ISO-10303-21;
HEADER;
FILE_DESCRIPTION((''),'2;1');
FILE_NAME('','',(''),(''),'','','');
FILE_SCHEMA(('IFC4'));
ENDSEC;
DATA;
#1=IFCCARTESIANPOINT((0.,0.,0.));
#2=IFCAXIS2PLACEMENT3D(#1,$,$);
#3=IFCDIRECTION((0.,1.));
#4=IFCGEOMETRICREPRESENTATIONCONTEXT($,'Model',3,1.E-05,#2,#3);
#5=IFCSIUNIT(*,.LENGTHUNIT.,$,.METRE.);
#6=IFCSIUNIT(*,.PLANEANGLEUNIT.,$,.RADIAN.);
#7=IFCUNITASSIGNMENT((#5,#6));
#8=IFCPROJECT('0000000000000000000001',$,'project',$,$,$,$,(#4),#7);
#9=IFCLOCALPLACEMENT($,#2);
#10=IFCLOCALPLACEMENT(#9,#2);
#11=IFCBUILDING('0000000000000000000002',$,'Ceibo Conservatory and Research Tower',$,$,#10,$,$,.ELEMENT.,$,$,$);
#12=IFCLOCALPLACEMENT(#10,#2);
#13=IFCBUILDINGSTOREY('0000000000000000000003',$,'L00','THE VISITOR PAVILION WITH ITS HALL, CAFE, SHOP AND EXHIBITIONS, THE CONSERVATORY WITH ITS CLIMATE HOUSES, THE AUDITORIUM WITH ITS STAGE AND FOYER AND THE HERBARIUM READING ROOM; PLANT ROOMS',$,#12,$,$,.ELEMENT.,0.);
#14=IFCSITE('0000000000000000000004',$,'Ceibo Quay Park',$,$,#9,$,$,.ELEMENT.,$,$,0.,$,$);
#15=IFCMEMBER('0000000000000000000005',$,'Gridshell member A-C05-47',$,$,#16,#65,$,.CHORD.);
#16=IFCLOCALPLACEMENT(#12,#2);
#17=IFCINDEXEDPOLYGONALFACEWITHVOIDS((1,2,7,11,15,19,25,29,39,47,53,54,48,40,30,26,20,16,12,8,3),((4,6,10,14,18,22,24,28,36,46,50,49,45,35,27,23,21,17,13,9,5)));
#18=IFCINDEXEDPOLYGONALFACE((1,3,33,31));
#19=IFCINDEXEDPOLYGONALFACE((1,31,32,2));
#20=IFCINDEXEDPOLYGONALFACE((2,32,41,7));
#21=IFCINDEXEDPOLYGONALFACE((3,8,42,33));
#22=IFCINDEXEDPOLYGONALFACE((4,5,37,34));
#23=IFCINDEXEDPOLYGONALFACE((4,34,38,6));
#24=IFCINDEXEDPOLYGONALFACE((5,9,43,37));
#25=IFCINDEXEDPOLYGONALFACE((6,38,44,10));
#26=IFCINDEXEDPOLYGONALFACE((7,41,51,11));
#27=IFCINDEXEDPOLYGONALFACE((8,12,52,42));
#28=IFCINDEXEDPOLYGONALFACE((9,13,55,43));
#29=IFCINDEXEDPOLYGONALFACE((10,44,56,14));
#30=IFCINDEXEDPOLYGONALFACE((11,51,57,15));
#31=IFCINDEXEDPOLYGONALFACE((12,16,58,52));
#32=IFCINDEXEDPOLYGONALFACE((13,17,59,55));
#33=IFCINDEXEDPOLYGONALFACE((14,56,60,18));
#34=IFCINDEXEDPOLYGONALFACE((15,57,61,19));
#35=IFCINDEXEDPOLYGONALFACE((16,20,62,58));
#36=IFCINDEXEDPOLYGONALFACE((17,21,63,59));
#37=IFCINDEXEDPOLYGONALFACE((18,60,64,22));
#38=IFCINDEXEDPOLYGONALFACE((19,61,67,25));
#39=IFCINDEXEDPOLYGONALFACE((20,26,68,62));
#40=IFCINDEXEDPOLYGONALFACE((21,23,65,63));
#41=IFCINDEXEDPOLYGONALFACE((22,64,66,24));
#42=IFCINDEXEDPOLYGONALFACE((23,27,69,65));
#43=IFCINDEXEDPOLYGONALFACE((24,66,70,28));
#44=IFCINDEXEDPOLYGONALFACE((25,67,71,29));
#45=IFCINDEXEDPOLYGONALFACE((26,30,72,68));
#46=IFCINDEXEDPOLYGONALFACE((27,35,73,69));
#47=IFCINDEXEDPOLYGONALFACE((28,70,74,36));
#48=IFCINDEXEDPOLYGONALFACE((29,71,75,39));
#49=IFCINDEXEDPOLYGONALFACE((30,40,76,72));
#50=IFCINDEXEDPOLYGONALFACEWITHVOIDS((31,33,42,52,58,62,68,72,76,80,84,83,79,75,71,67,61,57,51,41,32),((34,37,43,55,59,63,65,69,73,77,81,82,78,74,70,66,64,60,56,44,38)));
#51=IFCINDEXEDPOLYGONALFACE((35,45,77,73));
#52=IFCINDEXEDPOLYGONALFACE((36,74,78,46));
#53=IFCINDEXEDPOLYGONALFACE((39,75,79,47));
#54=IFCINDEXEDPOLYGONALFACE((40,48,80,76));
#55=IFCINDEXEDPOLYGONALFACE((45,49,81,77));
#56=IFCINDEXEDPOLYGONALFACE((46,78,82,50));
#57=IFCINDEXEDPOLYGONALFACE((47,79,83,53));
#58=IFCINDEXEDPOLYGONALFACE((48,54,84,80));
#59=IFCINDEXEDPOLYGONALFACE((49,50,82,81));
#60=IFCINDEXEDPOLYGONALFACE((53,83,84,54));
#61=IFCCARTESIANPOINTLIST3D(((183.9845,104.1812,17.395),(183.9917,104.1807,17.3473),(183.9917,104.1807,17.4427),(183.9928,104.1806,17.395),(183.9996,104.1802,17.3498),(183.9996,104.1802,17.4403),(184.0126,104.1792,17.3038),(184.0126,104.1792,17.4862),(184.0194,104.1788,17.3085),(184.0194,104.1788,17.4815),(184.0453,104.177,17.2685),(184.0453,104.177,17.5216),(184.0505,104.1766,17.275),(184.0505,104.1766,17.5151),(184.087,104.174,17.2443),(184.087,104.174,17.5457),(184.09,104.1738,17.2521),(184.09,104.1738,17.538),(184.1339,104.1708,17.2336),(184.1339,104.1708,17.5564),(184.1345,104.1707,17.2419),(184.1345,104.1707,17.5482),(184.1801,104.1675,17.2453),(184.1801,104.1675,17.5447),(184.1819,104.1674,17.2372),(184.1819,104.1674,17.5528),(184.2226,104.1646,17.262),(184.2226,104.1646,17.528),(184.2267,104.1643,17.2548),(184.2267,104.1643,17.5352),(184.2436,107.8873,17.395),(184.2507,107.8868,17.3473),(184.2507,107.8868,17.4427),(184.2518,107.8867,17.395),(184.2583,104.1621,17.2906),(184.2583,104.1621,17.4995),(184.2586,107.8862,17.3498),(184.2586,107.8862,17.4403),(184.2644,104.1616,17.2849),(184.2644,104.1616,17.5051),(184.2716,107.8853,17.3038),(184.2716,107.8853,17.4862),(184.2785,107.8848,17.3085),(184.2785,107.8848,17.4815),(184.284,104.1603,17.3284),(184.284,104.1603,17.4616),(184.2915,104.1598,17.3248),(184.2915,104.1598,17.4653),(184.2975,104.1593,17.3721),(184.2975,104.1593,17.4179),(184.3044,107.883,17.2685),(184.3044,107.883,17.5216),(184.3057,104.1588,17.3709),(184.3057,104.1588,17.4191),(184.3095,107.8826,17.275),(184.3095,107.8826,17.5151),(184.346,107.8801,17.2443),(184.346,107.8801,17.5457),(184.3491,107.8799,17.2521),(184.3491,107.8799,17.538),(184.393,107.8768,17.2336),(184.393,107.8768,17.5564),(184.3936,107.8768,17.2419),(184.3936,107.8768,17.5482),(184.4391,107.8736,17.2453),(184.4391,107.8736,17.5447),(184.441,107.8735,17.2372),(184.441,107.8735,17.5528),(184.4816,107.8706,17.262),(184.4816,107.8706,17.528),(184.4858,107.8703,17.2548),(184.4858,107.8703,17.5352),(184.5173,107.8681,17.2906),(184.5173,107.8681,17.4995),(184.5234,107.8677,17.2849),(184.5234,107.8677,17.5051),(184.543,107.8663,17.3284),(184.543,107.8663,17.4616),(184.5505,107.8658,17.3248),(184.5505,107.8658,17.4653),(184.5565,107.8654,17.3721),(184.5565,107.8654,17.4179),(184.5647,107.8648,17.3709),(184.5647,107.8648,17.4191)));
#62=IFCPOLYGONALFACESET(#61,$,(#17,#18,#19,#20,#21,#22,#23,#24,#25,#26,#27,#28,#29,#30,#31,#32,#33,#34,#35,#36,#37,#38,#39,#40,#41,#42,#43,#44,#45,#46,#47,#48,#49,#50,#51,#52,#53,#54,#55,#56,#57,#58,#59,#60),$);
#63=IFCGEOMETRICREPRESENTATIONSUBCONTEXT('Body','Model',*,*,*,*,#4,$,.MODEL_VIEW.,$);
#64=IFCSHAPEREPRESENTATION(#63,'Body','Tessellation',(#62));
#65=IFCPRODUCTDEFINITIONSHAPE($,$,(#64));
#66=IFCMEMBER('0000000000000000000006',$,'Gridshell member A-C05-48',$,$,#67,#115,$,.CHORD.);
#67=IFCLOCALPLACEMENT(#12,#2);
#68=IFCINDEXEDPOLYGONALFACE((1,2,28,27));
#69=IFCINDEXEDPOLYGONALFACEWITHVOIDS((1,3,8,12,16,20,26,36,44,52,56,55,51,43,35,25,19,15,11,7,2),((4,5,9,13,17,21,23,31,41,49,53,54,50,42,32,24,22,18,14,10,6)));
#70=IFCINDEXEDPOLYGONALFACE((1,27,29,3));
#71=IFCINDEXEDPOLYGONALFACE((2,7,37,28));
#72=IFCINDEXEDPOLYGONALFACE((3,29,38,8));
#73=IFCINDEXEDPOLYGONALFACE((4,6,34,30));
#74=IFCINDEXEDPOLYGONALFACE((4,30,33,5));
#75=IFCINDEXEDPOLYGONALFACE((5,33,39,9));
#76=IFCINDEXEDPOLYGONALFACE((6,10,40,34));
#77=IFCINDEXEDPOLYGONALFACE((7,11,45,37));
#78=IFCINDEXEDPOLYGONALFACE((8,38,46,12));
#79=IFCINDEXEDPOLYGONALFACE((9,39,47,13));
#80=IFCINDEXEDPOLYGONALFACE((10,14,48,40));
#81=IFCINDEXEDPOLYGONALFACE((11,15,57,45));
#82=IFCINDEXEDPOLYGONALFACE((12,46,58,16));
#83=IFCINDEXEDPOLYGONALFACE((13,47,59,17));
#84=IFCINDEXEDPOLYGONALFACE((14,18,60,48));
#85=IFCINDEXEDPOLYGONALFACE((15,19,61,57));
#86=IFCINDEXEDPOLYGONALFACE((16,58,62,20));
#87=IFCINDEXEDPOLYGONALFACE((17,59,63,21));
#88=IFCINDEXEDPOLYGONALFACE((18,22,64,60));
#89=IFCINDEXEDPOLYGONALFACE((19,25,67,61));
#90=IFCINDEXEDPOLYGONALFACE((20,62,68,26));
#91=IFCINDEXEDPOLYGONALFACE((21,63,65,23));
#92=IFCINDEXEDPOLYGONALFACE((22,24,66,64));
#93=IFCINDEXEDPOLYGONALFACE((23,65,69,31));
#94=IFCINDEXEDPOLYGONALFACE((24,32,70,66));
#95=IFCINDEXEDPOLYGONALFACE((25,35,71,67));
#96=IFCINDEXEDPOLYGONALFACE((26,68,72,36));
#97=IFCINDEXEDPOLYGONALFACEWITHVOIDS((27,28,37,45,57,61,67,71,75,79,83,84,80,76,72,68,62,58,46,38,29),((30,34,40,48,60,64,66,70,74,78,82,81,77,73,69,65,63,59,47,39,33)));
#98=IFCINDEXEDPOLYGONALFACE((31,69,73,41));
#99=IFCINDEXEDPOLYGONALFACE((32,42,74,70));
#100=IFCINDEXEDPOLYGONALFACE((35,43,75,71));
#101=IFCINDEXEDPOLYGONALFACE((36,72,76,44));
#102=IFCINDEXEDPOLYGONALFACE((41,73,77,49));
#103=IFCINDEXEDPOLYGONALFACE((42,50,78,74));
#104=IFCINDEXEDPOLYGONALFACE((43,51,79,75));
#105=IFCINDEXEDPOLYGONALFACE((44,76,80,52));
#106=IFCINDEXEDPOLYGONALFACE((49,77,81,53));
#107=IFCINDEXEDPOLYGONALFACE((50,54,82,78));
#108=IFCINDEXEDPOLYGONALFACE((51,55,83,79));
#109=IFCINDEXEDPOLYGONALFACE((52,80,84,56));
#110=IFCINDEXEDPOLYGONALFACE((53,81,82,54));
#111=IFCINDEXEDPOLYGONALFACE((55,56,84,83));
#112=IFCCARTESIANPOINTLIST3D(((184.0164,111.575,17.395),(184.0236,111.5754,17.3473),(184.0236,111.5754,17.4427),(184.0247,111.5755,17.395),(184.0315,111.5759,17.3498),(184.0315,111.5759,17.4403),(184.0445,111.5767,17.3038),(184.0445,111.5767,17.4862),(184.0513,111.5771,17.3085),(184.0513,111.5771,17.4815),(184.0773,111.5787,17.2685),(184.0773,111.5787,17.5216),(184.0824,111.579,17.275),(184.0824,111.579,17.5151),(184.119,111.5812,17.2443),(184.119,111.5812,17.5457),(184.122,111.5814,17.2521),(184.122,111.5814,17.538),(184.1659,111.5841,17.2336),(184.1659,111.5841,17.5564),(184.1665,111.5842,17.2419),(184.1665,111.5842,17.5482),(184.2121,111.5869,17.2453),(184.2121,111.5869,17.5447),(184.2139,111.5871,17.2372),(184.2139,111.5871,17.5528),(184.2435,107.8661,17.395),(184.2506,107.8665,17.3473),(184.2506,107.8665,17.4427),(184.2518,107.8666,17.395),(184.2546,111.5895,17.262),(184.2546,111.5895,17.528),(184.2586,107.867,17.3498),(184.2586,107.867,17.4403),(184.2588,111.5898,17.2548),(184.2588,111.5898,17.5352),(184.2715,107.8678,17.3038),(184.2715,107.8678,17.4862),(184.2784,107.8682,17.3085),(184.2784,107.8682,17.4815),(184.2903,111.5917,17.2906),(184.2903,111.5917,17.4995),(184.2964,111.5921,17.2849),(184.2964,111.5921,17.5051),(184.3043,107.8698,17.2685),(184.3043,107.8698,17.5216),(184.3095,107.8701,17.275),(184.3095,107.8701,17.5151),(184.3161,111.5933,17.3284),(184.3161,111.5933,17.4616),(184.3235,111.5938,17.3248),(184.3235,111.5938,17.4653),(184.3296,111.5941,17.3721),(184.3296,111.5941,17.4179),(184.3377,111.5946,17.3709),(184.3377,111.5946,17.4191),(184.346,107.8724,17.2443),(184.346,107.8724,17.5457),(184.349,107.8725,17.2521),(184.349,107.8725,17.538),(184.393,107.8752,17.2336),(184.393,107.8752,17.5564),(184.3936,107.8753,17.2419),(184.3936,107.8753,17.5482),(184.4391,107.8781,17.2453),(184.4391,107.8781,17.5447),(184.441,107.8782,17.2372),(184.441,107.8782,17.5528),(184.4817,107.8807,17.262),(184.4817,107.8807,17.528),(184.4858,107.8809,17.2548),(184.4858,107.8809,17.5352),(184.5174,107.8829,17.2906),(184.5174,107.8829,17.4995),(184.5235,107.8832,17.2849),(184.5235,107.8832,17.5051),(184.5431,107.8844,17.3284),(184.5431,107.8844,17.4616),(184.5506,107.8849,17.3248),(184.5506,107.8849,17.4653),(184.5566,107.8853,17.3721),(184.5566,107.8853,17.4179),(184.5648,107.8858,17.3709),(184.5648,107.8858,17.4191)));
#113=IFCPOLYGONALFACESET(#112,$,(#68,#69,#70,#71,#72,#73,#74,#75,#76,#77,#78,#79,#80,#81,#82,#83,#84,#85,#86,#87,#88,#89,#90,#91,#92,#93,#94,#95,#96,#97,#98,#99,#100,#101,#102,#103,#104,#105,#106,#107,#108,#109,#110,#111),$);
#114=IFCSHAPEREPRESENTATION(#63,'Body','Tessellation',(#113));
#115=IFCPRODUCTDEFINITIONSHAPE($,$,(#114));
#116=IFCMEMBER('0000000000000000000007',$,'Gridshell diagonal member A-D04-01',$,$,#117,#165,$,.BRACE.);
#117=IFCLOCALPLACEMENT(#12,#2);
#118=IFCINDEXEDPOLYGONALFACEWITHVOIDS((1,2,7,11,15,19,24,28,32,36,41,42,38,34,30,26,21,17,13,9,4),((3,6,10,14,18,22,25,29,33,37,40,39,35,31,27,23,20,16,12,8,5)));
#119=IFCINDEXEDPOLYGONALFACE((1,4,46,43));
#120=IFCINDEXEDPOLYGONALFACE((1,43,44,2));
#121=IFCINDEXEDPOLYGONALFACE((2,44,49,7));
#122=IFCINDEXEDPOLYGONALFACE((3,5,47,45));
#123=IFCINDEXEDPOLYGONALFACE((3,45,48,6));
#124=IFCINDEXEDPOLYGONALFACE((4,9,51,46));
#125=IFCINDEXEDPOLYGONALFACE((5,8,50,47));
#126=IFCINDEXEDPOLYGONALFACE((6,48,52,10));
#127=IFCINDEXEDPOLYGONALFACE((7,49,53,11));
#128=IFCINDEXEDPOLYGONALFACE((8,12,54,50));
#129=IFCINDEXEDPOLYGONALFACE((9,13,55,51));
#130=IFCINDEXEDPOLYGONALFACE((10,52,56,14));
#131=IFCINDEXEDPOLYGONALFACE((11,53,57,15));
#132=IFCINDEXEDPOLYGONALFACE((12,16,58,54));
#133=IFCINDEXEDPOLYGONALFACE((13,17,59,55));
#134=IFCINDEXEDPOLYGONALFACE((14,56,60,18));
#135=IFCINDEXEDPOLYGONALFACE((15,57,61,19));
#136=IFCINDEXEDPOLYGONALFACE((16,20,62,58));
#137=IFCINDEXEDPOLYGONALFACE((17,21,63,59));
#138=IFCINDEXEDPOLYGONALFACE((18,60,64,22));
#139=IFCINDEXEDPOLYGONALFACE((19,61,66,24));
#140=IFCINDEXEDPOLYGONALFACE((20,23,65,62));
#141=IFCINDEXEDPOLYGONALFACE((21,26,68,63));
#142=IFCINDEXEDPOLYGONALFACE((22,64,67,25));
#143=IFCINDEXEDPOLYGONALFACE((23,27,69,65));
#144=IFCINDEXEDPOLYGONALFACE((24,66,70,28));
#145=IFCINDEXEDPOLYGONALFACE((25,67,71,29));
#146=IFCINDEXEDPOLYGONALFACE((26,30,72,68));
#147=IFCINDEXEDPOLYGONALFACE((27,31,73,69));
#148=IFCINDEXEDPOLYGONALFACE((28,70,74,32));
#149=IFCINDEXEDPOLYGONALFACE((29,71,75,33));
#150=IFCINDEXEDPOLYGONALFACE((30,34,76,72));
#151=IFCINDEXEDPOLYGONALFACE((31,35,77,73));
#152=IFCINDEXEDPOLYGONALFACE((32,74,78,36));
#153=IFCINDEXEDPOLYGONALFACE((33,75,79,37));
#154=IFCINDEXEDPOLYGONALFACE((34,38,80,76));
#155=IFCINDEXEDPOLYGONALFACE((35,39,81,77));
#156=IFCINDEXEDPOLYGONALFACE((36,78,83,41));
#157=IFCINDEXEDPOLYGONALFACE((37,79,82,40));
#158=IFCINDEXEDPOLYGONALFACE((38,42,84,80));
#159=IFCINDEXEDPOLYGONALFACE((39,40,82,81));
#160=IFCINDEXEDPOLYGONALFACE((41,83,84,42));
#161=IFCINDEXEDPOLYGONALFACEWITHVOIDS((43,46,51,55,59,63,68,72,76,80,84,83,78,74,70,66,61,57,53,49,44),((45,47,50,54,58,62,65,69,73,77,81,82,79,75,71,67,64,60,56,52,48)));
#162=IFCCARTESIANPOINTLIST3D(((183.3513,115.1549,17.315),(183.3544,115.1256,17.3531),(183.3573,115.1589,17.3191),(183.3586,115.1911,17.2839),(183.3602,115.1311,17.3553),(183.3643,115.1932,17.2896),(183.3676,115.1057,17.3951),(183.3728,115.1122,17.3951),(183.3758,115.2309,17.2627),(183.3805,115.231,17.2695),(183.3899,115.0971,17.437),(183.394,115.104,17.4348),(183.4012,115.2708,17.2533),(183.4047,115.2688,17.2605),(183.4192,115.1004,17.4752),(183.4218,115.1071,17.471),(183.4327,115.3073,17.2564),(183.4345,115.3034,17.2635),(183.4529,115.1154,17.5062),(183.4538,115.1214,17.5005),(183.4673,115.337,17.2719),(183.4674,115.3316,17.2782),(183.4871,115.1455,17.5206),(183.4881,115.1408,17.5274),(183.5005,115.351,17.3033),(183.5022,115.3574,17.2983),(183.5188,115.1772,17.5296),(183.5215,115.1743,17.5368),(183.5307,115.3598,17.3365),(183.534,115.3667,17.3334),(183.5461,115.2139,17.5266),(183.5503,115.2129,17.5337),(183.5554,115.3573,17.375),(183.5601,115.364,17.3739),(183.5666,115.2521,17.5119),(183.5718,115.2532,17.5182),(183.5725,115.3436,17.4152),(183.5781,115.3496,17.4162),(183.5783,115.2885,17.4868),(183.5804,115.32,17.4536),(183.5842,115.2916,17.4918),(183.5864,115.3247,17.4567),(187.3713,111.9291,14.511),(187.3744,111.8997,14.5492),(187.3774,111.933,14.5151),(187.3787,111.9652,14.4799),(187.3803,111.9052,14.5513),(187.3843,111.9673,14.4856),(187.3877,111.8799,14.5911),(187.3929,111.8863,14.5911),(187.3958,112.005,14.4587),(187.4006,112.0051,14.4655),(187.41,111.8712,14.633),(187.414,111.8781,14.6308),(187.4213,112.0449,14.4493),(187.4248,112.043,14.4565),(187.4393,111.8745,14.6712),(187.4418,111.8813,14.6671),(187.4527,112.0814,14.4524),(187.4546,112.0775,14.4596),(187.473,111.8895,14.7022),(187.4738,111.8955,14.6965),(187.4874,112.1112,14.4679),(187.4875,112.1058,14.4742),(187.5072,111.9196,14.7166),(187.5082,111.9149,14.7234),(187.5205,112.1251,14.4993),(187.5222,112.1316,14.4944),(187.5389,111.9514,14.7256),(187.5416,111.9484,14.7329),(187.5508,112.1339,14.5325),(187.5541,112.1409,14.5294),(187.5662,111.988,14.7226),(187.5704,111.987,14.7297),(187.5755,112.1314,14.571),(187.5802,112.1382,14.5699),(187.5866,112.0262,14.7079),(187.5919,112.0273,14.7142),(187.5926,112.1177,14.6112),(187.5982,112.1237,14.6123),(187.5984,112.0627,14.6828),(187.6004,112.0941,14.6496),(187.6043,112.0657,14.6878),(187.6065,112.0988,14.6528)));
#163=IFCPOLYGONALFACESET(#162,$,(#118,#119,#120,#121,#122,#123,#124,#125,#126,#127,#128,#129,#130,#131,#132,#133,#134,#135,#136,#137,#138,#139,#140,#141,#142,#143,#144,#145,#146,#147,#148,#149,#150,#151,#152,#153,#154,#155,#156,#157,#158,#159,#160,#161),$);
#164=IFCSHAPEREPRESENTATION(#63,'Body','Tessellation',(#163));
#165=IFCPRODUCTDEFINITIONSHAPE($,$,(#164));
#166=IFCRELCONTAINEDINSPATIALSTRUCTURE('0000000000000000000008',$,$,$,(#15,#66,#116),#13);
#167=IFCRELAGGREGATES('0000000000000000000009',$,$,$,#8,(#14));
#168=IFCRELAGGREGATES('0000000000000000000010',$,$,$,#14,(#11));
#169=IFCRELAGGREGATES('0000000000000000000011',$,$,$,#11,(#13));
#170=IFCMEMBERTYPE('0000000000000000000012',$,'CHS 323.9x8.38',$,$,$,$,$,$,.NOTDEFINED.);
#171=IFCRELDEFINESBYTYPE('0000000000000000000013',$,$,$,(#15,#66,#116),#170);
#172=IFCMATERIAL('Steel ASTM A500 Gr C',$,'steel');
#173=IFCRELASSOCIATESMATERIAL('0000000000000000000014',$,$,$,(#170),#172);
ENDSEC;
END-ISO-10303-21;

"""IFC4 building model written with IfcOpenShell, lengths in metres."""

from ifc_helpers import new_model, si_unit, direction, frame, origin, origin_2d, place, context, subcontext, project, spatial, hollow_circle, extrude, material, material_profile, profile_set, type_object, element, save


model = new_model("IFC4")

# Units and contexts
model_context = context("Model", 3, precision=1e-05, world=origin(), true_north=direction((0.0, 1.0)))
body_context = subcontext(model_context, "Body", "Model", "MODEL_VIEW")
ifc_project = project(units=[si_unit("LENGTHUNIT", "METRE"), si_unit("PLANEANGLEUNIT", "RADIAN")], contexts=[model_context])

# Site, building, storey
site_placement = place(None, origin())
site = spatial("IfcSite", under=ifc_project, at=site_placement, Name="Ceibo Quay Park", CompositionType="ELEMENT", RefElevation=0.0)
building_placement = place(site_placement, origin())
building = spatial("IfcBuilding", under=site, at=building_placement, Name="Ceibo Conservatory and Research Tower", CompositionType="ELEMENT")
storey_placement = place(building_placement, origin())
storey = spatial("IfcBuildingStorey", under=building, at=storey_placement, Name="L00", Description="THE VISITOR PAVILION WITH ITS HALL, CAFE, SHOP AND EXHIBITIONS, THE CONSERVATORY WITH ITS CLIMATE HOUSES, THE AUDITORIUM WITH ITS STAGE AND FOYER AND THE HERBARIUM READING ROOM; PLANT ROOMS", CompositionType="ELEMENT", Elevation=0.0)

# Members
ifc_material_1 = material(Name="Steel ASTM A500 Gr C", Category="steel")
ifc_material_profile_1 = material_profile(ifc_material_1, hollow_circle(Radius=0.1619, WallThickness=0.0083, at=origin_2d()), Name="CHS 323.9x8.38")
ifc_profile_set_1 = profile_set([ifc_material_profile_1], Name="Steel ASTM A500 Gr C")
member_type_1 = type_object("IfcMemberType", Name="CHS 323.9x8.38", PredefinedType="NOTDEFINED", material=ifc_profile_set_1)
member_1_placement = place(storey_placement, frame((184.146, 104.1699, 17.395), z_axis=(0.069724, 0.997566, 0.0), x_axis=(-0.997566, 0.069724, 0.0)))
element("IfcMember", 1, at=member_1_placement, inside=storey, type_object=member_type_1, Name="Gridshell member A-C05-47", PredefinedType="CHORD", context=body_context, shape_type="SweptSolid", body=[
    extrude(hollow_circle(Radius=0.1619, WallThickness=0.0083, at=origin_2d()), origin(), (0.0, 0.0, 1.0), 3.7151),
])
member_2_placement = place(storey_placement, frame((184.405, 107.876, 17.395), z_axis=(-0.061102, 0.998132, 0.0), x_axis=(-0.998132, -0.061102, 0.0)))
element("IfcMember", 2, at=member_2_placement, inside=storey, type_object=member_type_1, Name="Gridshell member A-C05-48", PredefinedType="CHORD", context=body_context, shape_type="SweptSolid", body=[
    extrude(hollow_circle(Radius=0.1619, WallThickness=0.0083, at=origin_2d()), origin(), (0.0, 0.0, 1.0), 3.7158),
])
for number, where, z_axis, x_axis, name in (
    (3, (187.489, 112.0061, 14.5911), (-0.685122, 0.54977, 0.477871), (-0.625855, -0.779939, 0.0), "Gridshell diagonal member A-D04-01"),
):
    element("IfcMember", number, at=place(storey_placement, frame(where, z_axis=z_axis, x_axis=x_axis)), inside=storey, type_object=member_type_1, Name=name, PredefinedType="BRACE", context=body_context, shape_type="SweptSolid", body=[
        extrude(hollow_circle(Radius=0.1619, WallThickness=0.0083, at=origin_2d()), origin(), (0.0, 0.0, 1.0), 5.8677),
    ])

save(model, "model.ifc")
